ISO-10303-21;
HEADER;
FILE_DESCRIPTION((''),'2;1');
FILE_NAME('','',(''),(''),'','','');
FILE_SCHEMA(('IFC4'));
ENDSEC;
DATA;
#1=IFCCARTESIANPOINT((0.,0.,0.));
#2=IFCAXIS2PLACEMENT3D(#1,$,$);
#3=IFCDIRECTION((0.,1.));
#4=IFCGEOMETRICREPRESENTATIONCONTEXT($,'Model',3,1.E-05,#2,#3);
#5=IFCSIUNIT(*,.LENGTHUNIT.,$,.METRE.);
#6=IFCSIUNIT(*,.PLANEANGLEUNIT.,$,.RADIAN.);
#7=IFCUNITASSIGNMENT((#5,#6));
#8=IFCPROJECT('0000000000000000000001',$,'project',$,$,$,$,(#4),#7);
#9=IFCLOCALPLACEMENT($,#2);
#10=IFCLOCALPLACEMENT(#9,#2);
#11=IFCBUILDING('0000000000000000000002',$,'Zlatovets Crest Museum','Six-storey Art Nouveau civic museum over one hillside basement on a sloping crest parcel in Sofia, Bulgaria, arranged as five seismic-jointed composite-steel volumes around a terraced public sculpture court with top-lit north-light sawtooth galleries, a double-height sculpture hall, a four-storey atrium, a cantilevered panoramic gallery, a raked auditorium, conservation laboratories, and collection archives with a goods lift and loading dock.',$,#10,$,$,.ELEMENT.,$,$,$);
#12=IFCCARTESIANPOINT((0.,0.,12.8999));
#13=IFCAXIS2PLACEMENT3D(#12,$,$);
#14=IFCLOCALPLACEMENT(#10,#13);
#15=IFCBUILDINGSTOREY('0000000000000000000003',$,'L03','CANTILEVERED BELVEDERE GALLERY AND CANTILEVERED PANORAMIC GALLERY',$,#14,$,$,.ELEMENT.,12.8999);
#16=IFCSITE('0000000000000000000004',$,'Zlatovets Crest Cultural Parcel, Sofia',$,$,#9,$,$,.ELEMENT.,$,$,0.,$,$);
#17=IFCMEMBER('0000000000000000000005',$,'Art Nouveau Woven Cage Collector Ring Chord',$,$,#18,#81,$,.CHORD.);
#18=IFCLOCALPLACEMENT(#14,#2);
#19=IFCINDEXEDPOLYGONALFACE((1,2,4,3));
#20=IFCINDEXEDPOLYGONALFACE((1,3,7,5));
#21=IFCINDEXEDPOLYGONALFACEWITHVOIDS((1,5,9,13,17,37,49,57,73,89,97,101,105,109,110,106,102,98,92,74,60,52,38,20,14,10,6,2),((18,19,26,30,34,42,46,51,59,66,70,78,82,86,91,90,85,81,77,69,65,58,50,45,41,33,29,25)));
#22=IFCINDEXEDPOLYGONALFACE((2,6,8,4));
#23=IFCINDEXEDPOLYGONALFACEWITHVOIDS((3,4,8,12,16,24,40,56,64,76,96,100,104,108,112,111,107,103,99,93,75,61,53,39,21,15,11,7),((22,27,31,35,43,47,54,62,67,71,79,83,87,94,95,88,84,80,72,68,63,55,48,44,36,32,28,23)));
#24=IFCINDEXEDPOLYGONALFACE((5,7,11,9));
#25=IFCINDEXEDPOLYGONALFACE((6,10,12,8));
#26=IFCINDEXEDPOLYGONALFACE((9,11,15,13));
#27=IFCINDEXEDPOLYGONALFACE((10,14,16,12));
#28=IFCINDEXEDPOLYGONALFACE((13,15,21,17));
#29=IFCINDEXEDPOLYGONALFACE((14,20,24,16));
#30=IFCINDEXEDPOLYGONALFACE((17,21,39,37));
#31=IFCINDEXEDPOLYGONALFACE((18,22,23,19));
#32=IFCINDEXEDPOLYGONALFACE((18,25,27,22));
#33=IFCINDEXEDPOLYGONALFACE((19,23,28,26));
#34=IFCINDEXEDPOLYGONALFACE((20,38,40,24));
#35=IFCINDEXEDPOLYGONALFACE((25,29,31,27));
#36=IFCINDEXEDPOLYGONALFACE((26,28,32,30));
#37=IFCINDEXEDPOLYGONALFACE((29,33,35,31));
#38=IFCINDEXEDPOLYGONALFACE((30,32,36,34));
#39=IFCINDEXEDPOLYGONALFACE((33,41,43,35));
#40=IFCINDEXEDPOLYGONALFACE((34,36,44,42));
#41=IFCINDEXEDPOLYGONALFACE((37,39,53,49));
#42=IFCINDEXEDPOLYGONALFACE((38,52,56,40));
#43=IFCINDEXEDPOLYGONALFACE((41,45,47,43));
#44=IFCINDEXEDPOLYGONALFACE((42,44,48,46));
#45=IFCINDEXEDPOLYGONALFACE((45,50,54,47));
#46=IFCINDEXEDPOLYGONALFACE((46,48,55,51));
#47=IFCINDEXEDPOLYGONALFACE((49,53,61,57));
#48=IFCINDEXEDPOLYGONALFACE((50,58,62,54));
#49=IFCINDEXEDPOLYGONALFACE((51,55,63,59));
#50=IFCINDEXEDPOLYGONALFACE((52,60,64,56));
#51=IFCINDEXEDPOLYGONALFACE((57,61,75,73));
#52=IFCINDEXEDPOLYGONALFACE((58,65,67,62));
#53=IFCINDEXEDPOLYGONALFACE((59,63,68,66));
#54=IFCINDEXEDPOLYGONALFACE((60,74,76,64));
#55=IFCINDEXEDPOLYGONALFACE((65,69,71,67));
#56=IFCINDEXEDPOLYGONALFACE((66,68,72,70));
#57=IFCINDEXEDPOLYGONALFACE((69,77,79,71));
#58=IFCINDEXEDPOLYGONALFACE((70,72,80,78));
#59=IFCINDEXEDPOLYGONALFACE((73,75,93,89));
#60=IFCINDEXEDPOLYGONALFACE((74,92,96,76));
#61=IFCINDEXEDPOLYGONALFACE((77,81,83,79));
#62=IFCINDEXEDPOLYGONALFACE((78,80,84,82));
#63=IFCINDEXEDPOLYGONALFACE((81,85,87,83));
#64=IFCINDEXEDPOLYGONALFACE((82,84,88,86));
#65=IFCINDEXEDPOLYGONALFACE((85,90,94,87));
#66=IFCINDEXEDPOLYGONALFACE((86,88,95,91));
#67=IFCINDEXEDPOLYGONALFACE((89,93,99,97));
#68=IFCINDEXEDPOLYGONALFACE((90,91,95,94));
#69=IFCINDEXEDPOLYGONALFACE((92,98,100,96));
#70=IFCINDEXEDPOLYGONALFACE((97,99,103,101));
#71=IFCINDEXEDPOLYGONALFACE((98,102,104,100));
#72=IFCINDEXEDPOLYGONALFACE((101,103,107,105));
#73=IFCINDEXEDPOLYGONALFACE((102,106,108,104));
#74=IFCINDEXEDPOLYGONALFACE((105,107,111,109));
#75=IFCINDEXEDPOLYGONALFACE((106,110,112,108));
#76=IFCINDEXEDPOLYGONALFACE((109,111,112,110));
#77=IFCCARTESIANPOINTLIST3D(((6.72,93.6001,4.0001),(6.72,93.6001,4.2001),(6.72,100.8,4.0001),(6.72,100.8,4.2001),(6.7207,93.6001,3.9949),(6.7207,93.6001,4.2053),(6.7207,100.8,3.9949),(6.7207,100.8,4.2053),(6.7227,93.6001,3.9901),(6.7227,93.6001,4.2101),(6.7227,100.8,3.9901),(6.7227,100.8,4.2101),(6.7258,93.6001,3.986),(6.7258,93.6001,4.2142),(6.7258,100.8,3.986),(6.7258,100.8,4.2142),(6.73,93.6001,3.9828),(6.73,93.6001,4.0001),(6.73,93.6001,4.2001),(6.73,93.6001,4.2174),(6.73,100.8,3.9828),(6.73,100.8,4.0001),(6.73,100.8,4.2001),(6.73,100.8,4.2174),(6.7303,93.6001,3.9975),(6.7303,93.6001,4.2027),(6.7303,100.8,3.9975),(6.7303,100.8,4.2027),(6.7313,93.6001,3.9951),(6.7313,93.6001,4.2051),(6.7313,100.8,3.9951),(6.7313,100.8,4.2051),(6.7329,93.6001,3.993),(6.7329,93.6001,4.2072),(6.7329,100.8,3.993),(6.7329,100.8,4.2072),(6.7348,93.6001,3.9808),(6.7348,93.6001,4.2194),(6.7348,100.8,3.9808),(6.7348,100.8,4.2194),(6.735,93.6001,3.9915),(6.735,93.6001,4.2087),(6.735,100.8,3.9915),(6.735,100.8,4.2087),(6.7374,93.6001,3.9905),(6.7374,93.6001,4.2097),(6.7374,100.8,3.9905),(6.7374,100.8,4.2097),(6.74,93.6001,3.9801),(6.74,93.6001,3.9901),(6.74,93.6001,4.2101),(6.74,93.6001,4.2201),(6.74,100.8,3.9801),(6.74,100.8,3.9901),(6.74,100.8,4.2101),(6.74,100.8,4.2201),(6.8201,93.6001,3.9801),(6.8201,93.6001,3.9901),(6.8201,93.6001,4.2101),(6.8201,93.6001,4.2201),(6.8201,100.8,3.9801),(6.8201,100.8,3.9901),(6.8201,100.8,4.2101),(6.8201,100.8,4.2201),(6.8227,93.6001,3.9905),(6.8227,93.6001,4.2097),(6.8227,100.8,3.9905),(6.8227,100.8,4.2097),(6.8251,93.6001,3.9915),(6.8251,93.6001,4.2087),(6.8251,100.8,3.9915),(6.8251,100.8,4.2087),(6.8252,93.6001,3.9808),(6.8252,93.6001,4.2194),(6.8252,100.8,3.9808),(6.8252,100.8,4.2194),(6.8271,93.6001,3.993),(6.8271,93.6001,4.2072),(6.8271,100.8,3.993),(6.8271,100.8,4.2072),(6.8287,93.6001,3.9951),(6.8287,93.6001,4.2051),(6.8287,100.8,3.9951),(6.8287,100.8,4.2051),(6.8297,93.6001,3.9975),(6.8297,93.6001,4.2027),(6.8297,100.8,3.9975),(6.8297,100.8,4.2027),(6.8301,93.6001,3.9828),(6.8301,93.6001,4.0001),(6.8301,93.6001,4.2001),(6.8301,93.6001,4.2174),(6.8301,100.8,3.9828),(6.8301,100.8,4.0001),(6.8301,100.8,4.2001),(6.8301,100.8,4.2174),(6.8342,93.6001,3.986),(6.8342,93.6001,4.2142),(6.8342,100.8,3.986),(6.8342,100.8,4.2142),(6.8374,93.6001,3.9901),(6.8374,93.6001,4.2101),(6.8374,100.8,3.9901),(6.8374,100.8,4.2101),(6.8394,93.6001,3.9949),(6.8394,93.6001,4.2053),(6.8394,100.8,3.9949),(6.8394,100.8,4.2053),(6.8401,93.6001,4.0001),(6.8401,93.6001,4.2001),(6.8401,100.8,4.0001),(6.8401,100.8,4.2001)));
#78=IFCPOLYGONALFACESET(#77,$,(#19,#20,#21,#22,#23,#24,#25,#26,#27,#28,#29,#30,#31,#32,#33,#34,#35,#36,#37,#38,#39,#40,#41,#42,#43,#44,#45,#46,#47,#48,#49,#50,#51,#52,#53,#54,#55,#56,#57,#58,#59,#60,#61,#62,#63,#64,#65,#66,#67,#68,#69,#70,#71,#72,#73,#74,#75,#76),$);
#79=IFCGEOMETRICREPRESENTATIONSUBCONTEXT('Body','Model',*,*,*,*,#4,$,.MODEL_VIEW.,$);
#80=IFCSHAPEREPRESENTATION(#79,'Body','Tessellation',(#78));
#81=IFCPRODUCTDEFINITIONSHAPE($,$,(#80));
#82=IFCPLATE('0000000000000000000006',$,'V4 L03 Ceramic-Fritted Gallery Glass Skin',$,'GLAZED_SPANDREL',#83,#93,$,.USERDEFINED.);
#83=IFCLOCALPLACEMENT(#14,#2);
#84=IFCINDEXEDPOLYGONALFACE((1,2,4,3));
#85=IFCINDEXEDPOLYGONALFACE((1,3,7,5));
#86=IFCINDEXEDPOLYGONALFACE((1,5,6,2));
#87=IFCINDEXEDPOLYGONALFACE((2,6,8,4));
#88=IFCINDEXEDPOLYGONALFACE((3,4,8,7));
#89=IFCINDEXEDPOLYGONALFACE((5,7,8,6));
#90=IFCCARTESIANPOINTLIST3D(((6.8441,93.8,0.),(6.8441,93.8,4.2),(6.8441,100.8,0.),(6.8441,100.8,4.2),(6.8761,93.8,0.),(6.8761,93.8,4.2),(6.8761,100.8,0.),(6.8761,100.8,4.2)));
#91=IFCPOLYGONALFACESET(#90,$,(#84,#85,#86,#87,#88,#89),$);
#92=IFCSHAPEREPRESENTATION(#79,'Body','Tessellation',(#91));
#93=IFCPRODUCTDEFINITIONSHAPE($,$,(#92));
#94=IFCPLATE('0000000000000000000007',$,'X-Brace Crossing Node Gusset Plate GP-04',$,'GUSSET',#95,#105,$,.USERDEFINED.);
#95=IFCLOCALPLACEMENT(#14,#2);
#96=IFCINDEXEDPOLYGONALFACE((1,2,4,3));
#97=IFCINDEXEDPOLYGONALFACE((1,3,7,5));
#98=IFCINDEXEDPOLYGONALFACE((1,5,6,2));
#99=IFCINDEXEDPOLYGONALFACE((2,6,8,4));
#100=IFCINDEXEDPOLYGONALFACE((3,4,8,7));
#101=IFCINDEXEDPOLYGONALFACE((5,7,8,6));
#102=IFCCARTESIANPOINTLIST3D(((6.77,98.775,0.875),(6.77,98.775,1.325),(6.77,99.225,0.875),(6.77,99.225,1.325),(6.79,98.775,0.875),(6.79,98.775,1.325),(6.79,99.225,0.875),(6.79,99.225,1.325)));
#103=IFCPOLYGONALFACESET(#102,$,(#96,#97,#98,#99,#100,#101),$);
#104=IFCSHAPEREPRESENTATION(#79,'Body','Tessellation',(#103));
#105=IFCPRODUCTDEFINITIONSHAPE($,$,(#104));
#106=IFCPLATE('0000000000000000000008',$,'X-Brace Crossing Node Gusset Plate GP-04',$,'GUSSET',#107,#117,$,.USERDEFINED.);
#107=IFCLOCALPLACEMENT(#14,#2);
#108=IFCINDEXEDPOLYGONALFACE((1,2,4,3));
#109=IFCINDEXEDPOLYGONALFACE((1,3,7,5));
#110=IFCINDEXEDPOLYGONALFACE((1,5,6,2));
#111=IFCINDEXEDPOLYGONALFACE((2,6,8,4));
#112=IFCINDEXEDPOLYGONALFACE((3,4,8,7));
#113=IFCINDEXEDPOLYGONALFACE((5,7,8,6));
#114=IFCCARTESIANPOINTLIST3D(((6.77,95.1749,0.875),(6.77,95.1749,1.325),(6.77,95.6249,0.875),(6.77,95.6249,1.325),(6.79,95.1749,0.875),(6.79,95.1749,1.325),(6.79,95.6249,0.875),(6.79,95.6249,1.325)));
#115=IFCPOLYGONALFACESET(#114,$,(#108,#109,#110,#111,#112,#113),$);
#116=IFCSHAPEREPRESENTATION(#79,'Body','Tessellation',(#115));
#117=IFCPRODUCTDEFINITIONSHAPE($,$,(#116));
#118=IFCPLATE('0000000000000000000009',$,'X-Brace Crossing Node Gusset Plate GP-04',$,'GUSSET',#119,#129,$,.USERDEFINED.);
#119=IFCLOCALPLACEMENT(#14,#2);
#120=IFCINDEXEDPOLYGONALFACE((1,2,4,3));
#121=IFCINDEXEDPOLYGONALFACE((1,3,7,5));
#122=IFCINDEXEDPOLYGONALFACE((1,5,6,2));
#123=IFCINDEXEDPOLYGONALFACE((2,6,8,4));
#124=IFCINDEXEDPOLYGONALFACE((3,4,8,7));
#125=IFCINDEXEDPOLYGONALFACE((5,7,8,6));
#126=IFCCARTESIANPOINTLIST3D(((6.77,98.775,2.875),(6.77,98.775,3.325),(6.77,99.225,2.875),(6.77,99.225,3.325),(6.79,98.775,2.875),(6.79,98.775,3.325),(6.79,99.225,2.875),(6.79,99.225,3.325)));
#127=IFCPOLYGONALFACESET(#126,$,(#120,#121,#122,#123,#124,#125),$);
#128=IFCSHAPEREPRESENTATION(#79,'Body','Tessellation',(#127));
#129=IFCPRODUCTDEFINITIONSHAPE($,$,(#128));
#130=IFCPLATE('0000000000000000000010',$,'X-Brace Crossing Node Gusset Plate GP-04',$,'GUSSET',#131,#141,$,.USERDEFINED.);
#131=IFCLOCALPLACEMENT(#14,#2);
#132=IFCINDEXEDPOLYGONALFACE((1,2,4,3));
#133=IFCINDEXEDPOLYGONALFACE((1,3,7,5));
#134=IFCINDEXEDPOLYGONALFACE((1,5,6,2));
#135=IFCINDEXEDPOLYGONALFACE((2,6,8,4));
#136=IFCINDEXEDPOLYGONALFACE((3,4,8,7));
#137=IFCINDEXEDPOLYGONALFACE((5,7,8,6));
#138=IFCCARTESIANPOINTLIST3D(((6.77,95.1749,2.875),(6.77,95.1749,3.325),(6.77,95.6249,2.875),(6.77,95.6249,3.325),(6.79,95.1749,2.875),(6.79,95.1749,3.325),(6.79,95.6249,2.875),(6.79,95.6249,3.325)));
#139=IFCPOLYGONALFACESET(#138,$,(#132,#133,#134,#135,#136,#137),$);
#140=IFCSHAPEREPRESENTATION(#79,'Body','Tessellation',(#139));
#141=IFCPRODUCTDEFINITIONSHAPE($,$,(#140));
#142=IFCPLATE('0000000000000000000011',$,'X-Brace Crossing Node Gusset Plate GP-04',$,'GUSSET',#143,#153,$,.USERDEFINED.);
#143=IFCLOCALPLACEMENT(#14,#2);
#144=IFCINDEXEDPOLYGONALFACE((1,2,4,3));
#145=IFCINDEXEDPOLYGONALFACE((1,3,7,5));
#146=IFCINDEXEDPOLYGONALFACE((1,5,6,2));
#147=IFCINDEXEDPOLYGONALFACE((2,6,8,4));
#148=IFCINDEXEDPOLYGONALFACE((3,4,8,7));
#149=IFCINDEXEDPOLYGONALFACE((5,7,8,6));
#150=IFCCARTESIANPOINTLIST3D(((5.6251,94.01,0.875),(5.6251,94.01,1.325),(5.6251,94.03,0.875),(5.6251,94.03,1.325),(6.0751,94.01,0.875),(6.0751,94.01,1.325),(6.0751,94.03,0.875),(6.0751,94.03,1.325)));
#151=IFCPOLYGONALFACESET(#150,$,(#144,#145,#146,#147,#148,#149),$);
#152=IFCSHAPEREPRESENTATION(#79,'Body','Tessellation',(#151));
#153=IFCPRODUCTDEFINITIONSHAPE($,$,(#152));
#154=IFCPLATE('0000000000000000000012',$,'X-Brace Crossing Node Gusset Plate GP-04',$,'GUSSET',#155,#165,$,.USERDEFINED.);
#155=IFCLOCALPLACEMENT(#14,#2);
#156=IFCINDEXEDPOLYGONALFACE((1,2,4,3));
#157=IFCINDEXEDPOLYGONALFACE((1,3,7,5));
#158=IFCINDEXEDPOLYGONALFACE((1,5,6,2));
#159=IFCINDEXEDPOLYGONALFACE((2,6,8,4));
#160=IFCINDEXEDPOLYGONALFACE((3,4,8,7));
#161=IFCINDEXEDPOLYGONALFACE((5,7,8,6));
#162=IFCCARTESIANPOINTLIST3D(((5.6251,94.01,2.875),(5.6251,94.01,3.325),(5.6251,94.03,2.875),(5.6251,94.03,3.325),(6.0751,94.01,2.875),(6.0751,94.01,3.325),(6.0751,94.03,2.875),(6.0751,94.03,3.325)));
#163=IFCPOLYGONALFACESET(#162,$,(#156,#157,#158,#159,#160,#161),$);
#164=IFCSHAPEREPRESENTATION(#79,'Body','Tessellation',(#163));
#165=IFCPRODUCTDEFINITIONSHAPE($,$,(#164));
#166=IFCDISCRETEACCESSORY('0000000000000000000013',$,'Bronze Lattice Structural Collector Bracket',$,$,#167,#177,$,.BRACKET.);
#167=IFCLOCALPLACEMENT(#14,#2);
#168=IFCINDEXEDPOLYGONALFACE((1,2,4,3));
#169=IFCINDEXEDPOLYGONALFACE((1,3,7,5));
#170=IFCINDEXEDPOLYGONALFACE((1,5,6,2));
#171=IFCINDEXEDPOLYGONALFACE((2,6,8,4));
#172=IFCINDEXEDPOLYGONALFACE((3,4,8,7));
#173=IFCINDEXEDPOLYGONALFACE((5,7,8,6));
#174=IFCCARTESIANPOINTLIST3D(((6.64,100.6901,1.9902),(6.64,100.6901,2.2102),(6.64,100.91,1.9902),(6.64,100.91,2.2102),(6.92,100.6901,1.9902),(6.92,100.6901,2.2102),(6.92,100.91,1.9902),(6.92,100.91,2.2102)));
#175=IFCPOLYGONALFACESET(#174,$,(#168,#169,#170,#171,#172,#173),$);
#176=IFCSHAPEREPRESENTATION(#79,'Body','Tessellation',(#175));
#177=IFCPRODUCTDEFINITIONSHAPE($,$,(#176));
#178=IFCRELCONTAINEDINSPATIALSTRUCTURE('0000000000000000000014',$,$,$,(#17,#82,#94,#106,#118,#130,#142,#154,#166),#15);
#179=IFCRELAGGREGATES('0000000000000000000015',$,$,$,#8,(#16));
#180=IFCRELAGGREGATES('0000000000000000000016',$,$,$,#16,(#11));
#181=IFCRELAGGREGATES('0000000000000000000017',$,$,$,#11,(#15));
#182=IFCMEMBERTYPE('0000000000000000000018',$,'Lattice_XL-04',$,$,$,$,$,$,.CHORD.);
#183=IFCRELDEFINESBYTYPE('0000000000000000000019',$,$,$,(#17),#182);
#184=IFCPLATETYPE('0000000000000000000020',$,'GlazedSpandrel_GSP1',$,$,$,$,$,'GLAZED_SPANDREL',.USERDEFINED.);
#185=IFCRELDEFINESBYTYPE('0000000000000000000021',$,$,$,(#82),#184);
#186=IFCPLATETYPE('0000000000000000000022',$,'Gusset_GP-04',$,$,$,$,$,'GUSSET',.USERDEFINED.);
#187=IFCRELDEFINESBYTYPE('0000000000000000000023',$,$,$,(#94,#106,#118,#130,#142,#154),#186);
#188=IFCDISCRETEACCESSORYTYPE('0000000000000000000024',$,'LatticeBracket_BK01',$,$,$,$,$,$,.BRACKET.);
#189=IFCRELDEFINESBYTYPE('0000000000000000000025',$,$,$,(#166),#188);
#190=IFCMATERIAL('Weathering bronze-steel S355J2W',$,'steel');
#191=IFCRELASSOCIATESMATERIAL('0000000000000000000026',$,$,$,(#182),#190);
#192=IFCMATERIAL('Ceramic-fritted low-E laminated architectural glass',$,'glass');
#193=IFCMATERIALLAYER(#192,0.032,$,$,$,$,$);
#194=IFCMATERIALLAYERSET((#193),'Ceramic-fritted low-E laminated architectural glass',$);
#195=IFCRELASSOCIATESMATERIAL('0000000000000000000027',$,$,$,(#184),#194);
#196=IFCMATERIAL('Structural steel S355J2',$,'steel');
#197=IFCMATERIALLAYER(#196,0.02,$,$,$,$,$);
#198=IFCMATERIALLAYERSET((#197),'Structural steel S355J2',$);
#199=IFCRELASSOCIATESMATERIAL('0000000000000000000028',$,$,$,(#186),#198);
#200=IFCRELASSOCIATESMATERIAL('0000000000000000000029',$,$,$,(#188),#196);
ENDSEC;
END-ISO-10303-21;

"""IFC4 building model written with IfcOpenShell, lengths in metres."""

from ifc_helpers import new_model, si_unit, direction, frame, origin, origin_2d, place, context, subcontext, project, spatial, rectangle, hollow_rectangle, extrude, material, layer, layer_set, material_profile, profile_set, type_object, element, save


model = new_model("IFC4")

# Units and contexts
model_context = context("Model", 3, precision=1e-05, world=origin(), true_north=direction((0.0, 1.0)))
body_context = subcontext(model_context, "Body", "Model", "MODEL_VIEW")
ifc_project = project(units=[si_unit("LENGTHUNIT", "METRE"), si_unit("PLANEANGLEUNIT", "RADIAN")], contexts=[model_context])

# Site, building, storey
site_placement = place(None, origin())
site = spatial("IfcSite", under=ifc_project, at=site_placement, Name="Zlatovets Crest Cultural Parcel, Sofia", CompositionType="ELEMENT", RefElevation=0.0)
building_placement = place(site_placement, origin())
building = spatial("IfcBuilding", under=site, at=building_placement, Name="Zlatovets Crest Museum", Description="Six-storey Art Nouveau civic museum over one hillside basement on a sloping crest parcel in Sofia, Bulgaria, arranged as five seismic-jointed composite-steel volumes around a terraced public sculpture court with top-lit north-light sawtooth galleries, a double-height sculpture hall, a four-storey atrium, a cantilevered panoramic gallery, a raked auditorium, conservation laboratories, and collection archives with a goods lift and loading dock.", CompositionType="ELEMENT")
storey_placement = place(building_placement, frame((0.0, 0.0, 12.8999)))
storey = spatial("IfcBuildingStorey", under=building, at=storey_placement, Name="L03", Description="CANTILEVERED BELVEDERE GALLERY AND CANTILEVERED PANORAMIC GALLERY", CompositionType="ELEMENT", Elevation=12.8999)

# Member
ifc_material_1 = material(Name="Weathering bronze-steel S355J2W", Category="steel")
ifc_material_profile_1 = material_profile(ifc_material_1, hollow_rectangle(XDim=0.1201, YDim=0.24, WallThickness=0.01, InnerFilletRadius=0.01, OuterFilletRadius=0.02, at=origin_2d()), Name="RHS 120x240x10.0")
ifc_profile_set_1 = profile_set([ifc_material_profile_1], Name="Weathering bronze-steel S355J2W")
member_type_1 = type_object("IfcMemberType", Name="Lattice_XL-04", PredefinedType="CHORD", material=ifc_profile_set_1)
member_1_placement = place(storey_placement, frame((6.78, 100.8, 4.1001), z_axis=(0.0, -1.0, 0.0), x_axis=(1.0, 0.0, 0.0)))
element("IfcMember", 1, at=member_1_placement, inside=storey, type_object=member_type_1, Name="Art Nouveau Woven Cage Collector Ring Chord", PredefinedType="CHORD", context=body_context, shape_type="SweptSolid", body=[
    extrude(hollow_rectangle(XDim=0.1201, YDim=0.24, WallThickness=0.01, InnerFilletRadius=0.01, OuterFilletRadius=0.02, at=origin_2d()), origin(), (0.0, 0.0, 1.0), 7.2),
])

# Plates
ifc_material_2 = material(Name="Ceramic-fritted low-E laminated architectural glass", Category="glass")
ifc_layer_1 = layer(ifc_material_2, 0.032)
ifc_layer_set_1 = layer_set([ifc_layer_1], Name="Ceramic-fritted low-E laminated architectural glass")
plate_type_1 = type_object("IfcPlateType", Name="GlazedSpandrel_GSP1", ElementType="GLAZED_SPANDREL", PredefinedType="USERDEFINED", material=ifc_layer_set_1)
plate_placement = place(storey_placement, frame((6.8601, 97.3, 0.0), z_axis=(0.0, 0.0, 1.0), x_axis=(0.0, 1.0, 0.0)))
element("IfcPlate", 2, at=plate_placement, inside=storey, type_object=plate_type_1, Name="V4 L03 Ceramic-Fritted Gallery Glass Skin", ObjectType="GLAZED_SPANDREL", PredefinedType="USERDEFINED", context=body_context, shape_type="SweptSolid", body=[
    extrude(rectangle(XDim=7.0, YDim=0.032, at=origin_2d()), origin(), (0.0, 0.0, 1.0), 4.2),
])
ifc_material_3 = material(Name="Structural steel S355J2", Category="steel")
ifc_layer_2 = layer(ifc_material_3, 0.02)
ifc_layer_set_2 = layer_set([ifc_layer_2], Name="Structural steel S355J2")
plate_type_2 = type_object("IfcPlateType", Name="Gusset_GP-04", ElementType="GUSSET", PredefinedType="USERDEFINED", material=ifc_layer_set_2)
for number, where, z_axis, x_axis, name in (
    (3, (6.78, 99.0, 0.875), (0.0, 0.0, 1.0), (1.0, 0.0, 0.0), "X-Brace Crossing Node Gusset Plate GP-04"),
    (4, (6.78, 95.3999, 0.875), (0.0, 0.0, 1.0), (1.0, 0.0, 0.0), "X-Brace Crossing Node Gusset Plate GP-04"),
    (5, (6.78, 99.0, 2.875), (0.0, 0.0, 1.0), (1.0, 0.0, 0.0), "X-Brace Crossing Node Gusset Plate GP-04"),
    (6, (6.78, 95.3999, 2.875), (0.0, 0.0, 1.0), (1.0, 0.0, 0.0), "X-Brace Crossing Node Gusset Plate GP-04"),
):
    element("IfcPlate", number, at=place(storey_placement, frame(where, z_axis=z_axis, x_axis=x_axis)), inside=storey, type_object=plate_type_2, Name=name, ObjectType="GUSSET", PredefinedType="USERDEFINED", context=body_context, shape_type="SweptSolid", body=[
        extrude(rectangle(XDim=0.02, YDim=0.45, at=origin_2d()), origin(), (0.0, 0.0, 1.0), 0.45),
    ])
for number, where, z_axis, x_axis, name in (
    (7, (5.8501, 94.02, 0.875), (0.0, 0.0, 1.0), (1.0, 0.0, 0.0), "X-Brace Crossing Node Gusset Plate GP-04"),
    (8, (5.8501, 94.02, 2.875), (0.0, 0.0, 1.0), (1.0, 0.0, 0.0), "X-Brace Crossing Node Gusset Plate GP-04"),
):
    element("IfcPlate", number, at=place(storey_placement, frame(where, z_axis=z_axis, x_axis=x_axis)), inside=storey, type_object=plate_type_2, Name=name, ObjectType="GUSSET", PredefinedType="USERDEFINED", context=body_context, shape_type="SweptSolid", body=[
        extrude(rectangle(XDim=0.45, YDim=0.02, at=origin_2d()), origin(), (0.0, 0.0, 1.0), 0.45),
    ])

# Discrete accessory
discrete_accessory_type = type_object("IfcDiscreteAccessoryType", Name="LatticeBracket_BK01", PredefinedType="BRACKET", material=ifc_material_3)
discrete_accessory_placement = place(storey_placement, frame((6.78, 100.8, 1.9902), z_axis=(0.0, 0.0, 1.0), x_axis=(1.0, 0.0, 0.0)))
element("IfcDiscreteAccessory", 9, at=discrete_accessory_placement, inside=storey, type_object=discrete_accessory_type, Name="Bronze Lattice Structural Collector Bracket", PredefinedType="BRACKET", context=body_context, shape_type="SweptSolid", body=[
    extrude(rectangle(XDim=0.28, YDim=0.22, at=origin_2d()), origin(), (0.0, 0.0, 1.0), 0.22),
])

save(model, "model.ifc")
